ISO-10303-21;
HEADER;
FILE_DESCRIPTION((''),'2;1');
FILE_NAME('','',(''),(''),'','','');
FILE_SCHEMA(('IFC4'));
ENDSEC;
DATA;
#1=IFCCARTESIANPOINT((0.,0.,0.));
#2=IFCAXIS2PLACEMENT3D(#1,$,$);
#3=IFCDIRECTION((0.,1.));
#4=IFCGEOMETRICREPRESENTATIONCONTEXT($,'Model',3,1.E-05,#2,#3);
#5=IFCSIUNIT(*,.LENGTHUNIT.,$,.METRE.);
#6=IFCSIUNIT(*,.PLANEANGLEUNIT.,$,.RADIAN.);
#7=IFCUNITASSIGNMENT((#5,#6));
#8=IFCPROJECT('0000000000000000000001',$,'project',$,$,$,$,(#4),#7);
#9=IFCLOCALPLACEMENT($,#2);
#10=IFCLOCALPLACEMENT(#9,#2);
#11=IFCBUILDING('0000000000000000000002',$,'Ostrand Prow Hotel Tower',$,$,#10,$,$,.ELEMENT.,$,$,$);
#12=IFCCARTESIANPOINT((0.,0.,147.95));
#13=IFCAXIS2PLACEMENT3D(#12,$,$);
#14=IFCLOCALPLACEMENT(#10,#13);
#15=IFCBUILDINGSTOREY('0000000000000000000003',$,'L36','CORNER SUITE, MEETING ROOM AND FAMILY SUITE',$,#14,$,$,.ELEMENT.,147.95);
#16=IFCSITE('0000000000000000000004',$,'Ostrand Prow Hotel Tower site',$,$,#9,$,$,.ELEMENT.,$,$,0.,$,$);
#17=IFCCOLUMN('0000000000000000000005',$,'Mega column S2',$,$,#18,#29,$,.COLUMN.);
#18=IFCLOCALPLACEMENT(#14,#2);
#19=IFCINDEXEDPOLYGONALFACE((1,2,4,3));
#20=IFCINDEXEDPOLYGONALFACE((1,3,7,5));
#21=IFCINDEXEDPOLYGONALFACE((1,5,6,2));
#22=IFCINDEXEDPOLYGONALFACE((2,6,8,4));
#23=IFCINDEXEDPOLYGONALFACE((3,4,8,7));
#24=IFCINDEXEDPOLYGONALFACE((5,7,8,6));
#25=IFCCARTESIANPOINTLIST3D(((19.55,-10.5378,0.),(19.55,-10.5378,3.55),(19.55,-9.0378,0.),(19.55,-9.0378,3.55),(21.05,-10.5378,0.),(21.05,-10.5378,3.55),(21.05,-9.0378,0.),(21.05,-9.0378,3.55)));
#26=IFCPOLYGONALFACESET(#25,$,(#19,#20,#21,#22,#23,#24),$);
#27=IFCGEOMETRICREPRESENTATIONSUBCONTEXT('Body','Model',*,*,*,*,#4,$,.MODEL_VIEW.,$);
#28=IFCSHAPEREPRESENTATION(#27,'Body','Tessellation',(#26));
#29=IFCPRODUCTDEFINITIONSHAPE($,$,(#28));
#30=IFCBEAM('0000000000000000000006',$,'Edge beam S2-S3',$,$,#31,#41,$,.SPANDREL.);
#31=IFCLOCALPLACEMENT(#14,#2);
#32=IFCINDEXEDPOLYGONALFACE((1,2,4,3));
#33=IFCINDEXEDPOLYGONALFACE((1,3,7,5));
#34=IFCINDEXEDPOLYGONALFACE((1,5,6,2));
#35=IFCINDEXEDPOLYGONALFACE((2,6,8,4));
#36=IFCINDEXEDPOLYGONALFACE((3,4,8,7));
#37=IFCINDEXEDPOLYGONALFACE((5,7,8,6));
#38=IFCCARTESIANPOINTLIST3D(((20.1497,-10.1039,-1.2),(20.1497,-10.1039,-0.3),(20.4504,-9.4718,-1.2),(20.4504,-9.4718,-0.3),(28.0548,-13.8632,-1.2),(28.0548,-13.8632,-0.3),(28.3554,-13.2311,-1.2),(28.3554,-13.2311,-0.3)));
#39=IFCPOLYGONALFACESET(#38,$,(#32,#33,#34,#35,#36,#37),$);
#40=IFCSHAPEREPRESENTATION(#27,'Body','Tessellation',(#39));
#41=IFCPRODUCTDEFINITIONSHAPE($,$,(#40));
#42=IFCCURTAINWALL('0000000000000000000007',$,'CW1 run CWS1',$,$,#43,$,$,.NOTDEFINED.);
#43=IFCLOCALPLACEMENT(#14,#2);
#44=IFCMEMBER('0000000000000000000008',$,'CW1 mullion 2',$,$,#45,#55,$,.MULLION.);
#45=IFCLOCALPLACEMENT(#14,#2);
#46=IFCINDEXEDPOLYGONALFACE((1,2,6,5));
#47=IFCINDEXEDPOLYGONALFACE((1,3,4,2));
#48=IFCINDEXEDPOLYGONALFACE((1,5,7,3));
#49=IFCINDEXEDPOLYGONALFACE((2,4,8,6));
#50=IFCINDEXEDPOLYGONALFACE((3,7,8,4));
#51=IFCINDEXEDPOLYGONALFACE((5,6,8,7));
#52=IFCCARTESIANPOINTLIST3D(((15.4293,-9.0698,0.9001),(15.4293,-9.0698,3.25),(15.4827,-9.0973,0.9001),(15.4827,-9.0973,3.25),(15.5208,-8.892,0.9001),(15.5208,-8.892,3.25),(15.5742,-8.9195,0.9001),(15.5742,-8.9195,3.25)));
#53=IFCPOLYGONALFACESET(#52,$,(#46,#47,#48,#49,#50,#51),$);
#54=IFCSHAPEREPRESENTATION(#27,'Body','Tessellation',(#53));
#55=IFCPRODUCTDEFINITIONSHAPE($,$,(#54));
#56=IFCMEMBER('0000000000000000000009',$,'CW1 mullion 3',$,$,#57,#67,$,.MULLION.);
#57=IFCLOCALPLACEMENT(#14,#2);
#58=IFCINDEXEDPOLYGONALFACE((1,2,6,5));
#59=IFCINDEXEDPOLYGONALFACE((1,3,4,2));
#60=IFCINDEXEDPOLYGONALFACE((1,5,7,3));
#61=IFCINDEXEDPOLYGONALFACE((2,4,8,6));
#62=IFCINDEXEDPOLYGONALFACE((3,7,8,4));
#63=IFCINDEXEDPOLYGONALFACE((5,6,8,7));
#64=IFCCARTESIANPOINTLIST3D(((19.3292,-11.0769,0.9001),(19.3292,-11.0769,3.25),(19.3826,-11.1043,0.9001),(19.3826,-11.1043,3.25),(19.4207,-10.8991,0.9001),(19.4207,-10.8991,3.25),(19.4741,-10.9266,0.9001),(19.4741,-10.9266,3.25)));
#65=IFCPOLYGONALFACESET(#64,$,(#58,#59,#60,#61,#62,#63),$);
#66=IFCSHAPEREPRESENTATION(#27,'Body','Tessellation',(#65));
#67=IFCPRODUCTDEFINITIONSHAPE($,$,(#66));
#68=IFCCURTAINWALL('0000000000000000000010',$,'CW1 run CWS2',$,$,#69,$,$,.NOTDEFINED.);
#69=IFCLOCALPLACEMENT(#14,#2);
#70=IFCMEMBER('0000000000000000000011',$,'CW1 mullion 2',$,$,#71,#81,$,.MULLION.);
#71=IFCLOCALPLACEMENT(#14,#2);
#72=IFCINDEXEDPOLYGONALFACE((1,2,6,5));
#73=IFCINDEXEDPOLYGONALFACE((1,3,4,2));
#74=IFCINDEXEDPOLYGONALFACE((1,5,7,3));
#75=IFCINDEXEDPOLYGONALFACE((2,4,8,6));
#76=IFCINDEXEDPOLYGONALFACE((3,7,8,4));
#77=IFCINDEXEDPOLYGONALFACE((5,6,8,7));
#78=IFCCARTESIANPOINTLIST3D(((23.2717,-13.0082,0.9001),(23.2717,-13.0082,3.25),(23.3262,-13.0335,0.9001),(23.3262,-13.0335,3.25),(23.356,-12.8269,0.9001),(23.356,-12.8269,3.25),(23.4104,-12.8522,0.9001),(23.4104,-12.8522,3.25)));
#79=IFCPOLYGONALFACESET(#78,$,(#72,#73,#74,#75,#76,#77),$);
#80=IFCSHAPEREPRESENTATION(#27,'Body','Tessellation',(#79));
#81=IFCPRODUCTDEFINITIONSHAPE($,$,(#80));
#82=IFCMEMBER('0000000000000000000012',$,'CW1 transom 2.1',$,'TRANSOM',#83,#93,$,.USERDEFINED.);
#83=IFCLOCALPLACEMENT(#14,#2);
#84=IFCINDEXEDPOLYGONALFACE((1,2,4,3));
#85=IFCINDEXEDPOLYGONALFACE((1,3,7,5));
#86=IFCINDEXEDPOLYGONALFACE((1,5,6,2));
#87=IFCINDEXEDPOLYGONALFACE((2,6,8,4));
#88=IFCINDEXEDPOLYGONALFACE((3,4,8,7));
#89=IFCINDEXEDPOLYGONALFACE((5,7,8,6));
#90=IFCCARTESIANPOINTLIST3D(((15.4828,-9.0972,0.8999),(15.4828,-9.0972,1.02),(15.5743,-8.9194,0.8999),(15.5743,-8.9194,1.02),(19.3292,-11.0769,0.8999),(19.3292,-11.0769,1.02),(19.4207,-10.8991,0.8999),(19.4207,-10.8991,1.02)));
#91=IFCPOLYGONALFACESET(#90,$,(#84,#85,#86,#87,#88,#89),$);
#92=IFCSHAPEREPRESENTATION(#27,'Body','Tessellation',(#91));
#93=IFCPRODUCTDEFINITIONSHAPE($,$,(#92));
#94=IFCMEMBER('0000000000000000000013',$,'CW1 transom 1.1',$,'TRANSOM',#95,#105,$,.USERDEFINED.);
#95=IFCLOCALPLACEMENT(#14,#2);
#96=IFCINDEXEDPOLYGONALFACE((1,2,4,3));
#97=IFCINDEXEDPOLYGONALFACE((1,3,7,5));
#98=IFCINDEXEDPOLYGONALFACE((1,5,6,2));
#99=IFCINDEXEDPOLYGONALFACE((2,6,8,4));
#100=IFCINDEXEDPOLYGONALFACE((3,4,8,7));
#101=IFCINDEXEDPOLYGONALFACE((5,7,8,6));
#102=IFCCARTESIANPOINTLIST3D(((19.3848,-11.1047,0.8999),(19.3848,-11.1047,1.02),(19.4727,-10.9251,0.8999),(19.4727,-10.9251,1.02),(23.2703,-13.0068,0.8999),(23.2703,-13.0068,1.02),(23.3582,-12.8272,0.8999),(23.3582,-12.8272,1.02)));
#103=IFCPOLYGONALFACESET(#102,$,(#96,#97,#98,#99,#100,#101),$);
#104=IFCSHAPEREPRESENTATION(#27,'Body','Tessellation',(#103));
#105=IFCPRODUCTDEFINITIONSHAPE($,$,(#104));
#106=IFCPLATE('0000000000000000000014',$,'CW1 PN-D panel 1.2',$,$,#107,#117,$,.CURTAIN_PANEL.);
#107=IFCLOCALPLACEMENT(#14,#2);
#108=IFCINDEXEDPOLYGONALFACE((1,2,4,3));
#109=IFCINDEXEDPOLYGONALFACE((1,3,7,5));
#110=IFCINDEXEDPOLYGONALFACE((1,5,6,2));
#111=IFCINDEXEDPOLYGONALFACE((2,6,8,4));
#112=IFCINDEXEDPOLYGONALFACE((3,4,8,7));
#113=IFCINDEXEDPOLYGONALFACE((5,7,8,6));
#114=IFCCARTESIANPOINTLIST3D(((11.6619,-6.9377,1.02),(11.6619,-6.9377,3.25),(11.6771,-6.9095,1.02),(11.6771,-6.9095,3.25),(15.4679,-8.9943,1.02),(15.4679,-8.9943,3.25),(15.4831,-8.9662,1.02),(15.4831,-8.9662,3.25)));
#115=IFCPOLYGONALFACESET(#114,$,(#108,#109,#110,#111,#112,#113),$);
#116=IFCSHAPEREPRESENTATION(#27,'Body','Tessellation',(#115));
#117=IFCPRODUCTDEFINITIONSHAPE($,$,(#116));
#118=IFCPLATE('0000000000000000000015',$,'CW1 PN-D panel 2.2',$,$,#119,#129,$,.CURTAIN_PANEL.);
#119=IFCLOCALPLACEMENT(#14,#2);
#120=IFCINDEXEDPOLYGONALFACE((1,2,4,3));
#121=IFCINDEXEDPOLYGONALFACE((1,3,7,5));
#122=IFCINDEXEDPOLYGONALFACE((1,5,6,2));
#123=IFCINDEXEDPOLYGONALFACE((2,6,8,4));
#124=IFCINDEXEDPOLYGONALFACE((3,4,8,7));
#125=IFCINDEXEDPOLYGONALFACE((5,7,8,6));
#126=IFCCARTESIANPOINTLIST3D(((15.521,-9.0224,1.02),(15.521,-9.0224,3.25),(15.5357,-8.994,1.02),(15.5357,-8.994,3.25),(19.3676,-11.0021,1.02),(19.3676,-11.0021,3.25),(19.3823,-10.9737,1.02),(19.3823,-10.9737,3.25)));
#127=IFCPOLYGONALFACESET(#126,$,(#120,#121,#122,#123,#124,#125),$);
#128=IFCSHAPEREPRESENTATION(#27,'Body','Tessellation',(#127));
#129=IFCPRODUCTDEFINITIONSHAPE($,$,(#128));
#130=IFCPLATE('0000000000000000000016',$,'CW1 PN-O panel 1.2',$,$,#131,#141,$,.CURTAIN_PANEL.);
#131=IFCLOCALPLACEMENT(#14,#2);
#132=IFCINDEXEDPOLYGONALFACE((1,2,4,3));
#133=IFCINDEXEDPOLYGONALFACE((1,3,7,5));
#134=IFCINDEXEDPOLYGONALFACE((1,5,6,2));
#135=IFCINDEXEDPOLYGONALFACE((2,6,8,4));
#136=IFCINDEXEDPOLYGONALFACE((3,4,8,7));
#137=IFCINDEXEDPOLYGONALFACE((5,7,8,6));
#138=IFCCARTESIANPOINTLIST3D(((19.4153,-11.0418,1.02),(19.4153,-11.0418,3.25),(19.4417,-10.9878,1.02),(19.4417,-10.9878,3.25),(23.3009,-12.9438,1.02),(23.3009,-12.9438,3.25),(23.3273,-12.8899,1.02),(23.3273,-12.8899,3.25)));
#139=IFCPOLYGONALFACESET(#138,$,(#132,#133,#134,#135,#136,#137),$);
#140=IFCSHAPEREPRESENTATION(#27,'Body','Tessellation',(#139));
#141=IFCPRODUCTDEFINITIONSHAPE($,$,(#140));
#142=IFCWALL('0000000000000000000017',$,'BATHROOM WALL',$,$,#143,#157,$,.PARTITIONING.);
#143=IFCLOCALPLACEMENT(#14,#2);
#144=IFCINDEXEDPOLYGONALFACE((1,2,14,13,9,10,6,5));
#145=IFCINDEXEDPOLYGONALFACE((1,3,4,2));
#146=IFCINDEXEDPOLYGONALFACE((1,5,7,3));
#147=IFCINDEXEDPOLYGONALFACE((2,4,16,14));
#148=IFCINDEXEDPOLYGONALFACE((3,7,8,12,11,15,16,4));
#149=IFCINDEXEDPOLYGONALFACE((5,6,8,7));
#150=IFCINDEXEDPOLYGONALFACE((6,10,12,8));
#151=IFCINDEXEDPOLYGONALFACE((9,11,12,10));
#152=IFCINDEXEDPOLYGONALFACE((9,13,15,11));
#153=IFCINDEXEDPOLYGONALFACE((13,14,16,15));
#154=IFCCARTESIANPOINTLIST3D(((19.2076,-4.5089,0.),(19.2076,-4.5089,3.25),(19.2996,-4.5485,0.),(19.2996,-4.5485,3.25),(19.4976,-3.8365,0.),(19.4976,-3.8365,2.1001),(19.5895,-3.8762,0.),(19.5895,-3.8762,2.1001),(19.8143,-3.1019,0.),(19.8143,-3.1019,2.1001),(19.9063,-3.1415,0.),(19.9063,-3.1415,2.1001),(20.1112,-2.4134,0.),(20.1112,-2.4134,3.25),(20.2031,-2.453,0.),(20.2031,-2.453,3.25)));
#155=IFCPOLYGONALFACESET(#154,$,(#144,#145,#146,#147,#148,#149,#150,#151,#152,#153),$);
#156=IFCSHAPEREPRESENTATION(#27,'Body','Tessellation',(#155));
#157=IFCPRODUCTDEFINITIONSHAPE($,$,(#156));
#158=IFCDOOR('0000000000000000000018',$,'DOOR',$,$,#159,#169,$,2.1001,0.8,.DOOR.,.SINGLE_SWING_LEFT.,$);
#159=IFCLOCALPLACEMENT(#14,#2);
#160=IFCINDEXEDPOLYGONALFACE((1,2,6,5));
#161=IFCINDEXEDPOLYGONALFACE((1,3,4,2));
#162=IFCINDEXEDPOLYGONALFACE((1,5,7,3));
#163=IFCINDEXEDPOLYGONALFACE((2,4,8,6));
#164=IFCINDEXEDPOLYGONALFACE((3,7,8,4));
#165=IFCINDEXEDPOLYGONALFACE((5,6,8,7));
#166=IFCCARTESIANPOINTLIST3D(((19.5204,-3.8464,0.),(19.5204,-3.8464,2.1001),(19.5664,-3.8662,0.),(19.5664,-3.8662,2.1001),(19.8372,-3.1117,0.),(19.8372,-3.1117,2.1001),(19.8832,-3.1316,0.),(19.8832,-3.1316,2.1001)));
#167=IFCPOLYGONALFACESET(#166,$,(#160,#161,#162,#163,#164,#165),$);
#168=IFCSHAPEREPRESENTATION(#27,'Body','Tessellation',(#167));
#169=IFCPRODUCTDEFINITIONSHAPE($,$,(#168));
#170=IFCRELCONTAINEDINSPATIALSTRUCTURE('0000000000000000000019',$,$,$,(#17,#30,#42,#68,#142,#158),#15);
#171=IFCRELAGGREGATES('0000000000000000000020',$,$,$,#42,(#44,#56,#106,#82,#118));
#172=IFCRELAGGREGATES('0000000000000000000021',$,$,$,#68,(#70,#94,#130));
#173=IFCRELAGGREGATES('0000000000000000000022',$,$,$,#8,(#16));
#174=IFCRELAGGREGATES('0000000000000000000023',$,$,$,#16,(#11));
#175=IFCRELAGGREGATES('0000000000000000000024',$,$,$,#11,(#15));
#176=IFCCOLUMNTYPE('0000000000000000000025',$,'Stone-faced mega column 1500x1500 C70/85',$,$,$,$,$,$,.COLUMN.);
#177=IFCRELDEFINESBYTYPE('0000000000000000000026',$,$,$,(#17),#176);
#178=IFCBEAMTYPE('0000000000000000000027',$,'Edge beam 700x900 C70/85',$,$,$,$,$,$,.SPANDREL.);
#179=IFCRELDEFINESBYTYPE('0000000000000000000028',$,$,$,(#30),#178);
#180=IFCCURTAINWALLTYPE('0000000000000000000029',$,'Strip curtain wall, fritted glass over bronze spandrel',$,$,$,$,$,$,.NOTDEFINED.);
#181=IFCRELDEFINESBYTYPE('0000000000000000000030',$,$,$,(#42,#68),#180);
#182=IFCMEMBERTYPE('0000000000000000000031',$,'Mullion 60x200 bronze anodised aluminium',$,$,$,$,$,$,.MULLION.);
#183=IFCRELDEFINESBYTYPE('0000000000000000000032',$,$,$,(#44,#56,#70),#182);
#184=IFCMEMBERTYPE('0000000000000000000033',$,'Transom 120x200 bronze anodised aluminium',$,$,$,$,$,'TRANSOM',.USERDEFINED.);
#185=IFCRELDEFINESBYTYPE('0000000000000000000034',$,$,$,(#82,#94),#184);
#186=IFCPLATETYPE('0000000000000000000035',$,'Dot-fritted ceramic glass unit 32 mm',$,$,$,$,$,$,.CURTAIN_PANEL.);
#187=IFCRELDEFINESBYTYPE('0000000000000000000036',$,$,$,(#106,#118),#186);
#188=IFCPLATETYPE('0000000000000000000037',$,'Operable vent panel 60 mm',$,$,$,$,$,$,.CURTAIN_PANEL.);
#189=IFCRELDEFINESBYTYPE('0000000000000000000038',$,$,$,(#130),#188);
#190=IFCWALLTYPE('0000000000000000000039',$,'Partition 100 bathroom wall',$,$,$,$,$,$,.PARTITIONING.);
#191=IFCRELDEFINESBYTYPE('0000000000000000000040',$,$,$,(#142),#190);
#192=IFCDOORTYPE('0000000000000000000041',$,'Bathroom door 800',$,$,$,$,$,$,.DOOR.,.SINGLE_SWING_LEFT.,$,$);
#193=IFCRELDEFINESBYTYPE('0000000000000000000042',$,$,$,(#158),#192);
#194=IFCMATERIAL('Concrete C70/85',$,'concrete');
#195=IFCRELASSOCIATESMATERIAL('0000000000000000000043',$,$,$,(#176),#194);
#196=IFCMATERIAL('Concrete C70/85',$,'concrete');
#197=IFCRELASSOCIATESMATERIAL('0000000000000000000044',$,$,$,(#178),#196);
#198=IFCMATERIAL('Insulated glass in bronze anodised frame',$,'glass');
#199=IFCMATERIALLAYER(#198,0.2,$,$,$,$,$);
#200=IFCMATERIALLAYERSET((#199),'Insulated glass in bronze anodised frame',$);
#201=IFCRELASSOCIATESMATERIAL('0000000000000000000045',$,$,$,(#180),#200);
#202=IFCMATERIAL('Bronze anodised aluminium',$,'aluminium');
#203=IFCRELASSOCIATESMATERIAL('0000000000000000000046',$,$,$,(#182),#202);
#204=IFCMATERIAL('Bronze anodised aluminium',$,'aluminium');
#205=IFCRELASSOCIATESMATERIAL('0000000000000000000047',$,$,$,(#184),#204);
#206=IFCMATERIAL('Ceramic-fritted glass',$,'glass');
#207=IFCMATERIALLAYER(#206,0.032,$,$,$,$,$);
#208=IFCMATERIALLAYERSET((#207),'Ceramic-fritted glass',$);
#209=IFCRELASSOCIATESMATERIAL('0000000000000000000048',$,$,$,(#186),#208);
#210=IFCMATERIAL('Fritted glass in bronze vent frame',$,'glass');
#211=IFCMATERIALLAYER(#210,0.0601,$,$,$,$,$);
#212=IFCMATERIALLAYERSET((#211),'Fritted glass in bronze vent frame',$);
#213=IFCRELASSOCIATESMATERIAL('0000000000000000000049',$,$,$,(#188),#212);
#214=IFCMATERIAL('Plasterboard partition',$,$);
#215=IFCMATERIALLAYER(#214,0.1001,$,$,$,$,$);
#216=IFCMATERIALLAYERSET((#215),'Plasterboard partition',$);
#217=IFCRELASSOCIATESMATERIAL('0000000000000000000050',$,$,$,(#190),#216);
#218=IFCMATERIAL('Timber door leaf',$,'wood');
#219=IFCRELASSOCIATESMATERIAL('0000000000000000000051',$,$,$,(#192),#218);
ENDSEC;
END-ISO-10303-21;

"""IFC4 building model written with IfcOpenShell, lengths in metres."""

from ifc_helpers import new_model, si_unit, direction, frame, frame_2d, origin, origin_2d, place, context, subcontext, project, spatial, rectangle, extrude, material, layer, layer_set, material_profile, profile_set, type_object, element, fill, aggregate, save


model = new_model("IFC4")

# Units and contexts
model_context = context("Model", 3, precision=1e-05, world=origin(), true_north=direction((0.0, 1.0)))
body_context = subcontext(model_context, "Body", "Model", "MODEL_VIEW")
ifc_project = project(units=[si_unit("LENGTHUNIT", "METRE"), si_unit("PLANEANGLEUNIT", "RADIAN")], contexts=[model_context])

# Site, building, storey
site_placement = place(None, origin())
site = spatial("IfcSite", under=ifc_project, at=site_placement, Name="Ostrand Prow Hotel Tower site", CompositionType="ELEMENT", RefElevation=0.0)
building_placement = place(site_placement, origin())
building = spatial("IfcBuilding", under=site, at=building_placement, Name="Ostrand Prow Hotel Tower", CompositionType="ELEMENT")
storey_placement = place(building_placement, frame((0.0, 0.0, 147.95)))
storey = spatial("IfcBuildingStorey", under=building, at=storey_placement, Name="L36", Description="CORNER SUITE, MEETING ROOM AND FAMILY SUITE", CompositionType="ELEMENT", Elevation=147.95)

# Column
ifc_material_1 = material(Name="Concrete C70/85", Category="concrete")
ifc_material_profile_1 = material_profile(ifc_material_1, rectangle(XDim=1.5, YDim=1.5, at=origin_2d()), Name="RC 1500x1500")
ifc_profile_set_1 = profile_set([ifc_material_profile_1], Name="Concrete C70/85")
column_type = type_object("IfcColumnType", Name="Stone-faced mega column 1500x1500 C70/85", PredefinedType="COLUMN", material=ifc_profile_set_1)
column_placement = place(storey_placement, frame((20.3, -9.7878, 0.0), z_axis=(0.0, 0.0, 1.0), x_axis=(1.0, 0.0, 0.0)))
element("IfcColumn", 1, at=column_placement, inside=storey, type_object=column_type, Name="Mega column S2", PredefinedType="COLUMN", context=body_context, shape_type="SweptSolid", body=[
    extrude(rectangle(XDim=1.5, YDim=1.5, at=origin_2d()), origin(), (0.0, 0.0, 1.0), 3.55),
])

# Beam
ifc_material_2 = material(Name="Concrete C70/85", Category="concrete")
ifc_material_profile_2 = material_profile(ifc_material_2, rectangle(XDim=0.7, YDim=0.8999, at=origin_2d()), Name="RC 700x900")
ifc_profile_set_2 = profile_set([ifc_material_profile_2], Name="Concrete C70/85")
beam_type = type_object("IfcBeamType", Name="Edge beam 700x900 C70/85", PredefinedType="SPANDREL", material=ifc_profile_set_2)
beam_placement = place(storey_placement, frame((20.3, -9.7878, -0.75), z_axis=(0.903083, -0.429466, 0.0), x_axis=(0.429466, 0.903083, 0.0)))
element("IfcBeam", 2, at=beam_placement, inside=storey, type_object=beam_type, Name="Edge beam S2-S3", PredefinedType="SPANDREL", context=body_context, shape_type="SweptSolid", body=[
    extrude(rectangle(XDim=0.7, YDim=0.8999, at=origin_2d()), origin(), (0.0, 0.0, 1.0), 8.7534),
])

# Curtain wall, members
ifc_material_3 = material(Name="Insulated glass in bronze anodised frame", Category="glass")
ifc_layer_1 = layer(ifc_material_3, 0.2)
ifc_layer_set_1 = layer_set([ifc_layer_1], Name="Insulated glass in bronze anodised frame")
curtain_wall_type = type_object("IfcCurtainWallType", Name="Strip curtain wall, fritted glass over bronze spandrel", PredefinedType="NOTDEFINED", material=ifc_layer_set_1)
curtain_wall_1_placement = place(storey_placement, origin())
curtain_wall_1 = element("IfcCurtainWall", 3, at=curtain_wall_1_placement, inside=storey, type_object=curtain_wall_type, Name="CW1 run CWS1", PredefinedType="NOTDEFINED")
ifc_material_4 = material(Name="Bronze anodised aluminium", Category="aluminium")
ifc_material_profile_3 = material_profile(ifc_material_4, rectangle(XDim=0.2, YDim=0.0601, at=origin_2d()), Name="Mullion 60x200 bronze anodised aluminium")
ifc_profile_set_3 = profile_set([ifc_material_profile_3], Name="Bronze anodised aluminium")
member_type_1 = type_object("IfcMemberType", Name="Mullion 60x200 bronze anodised aluminium", PredefinedType="MULLION", material=ifc_profile_set_3)
member_1_placement = place(storey_placement, frame((15.5017, -8.9946, 0.9001), z_axis=(0.0, 0.0, 1.0), x_axis=(0.457619, 0.889148, 0.0)))
member_1 = element("IfcMember", 4, at=member_1_placement, type_object=member_type_1, Name="CW1 mullion 2", PredefinedType="MULLION", context=body_context, shape_type="SweptSolid", body=[
    extrude(rectangle(XDim=0.2, YDim=0.0601, at=origin_2d()), origin(), (0.0, 0.0, 1.0), 2.3499),
])
member_2_placement = place(storey_placement, frame((19.4016, -11.0017, 0.9001), z_axis=(0.0, 0.0, 1.0), x_axis=(0.457619, 0.889148, 0.0)))
member_2 = element("IfcMember", 5, at=member_2_placement, type_object=member_type_1, Name="CW1 mullion 3", PredefinedType="MULLION", context=body_context, shape_type="SweptSolid", body=[
    extrude(rectangle(XDim=0.2, YDim=0.0601, at=origin_2d()), origin(), (0.0, 0.0, 1.0), 2.3499),
])

# Curtain wall, member
curtain_wall_2_placement = place(storey_placement, origin())
curtain_wall_2 = element("IfcCurtainWall", 6, at=curtain_wall_2_placement, inside=storey, type_object=curtain_wall_type, Name="CW1 run CWS2", PredefinedType="NOTDEFINED")
member_3_placement = place(storey_placement, frame((23.3411, -12.9302, 0.9001), z_axis=(0.0, 0.0, 1.0), x_axis=(0.421522, 0.906818, 0.0)))
member_3 = element("IfcMember", 7, at=member_3_placement, type_object=member_type_1, Name="CW1 mullion 2", PredefinedType="MULLION", context=body_context, shape_type="SweptSolid", body=[
    extrude(rectangle(XDim=0.2, YDim=0.0601, at=origin_2d()), origin(), (0.0, 0.0, 1.0), 2.3499),
])

# Members
ifc_material_5 = material(Name="Bronze anodised aluminium", Category="aluminium")
ifc_material_profile_4 = material_profile(ifc_material_5, rectangle(XDim=0.2, YDim=0.1201, at=origin_2d()), Name="Transom 120x200 bronze anodised aluminium")
ifc_profile_set_4 = profile_set([ifc_material_profile_4], Name="Bronze anodised aluminium")
member_type_2 = type_object("IfcMemberType", Name="Transom 120x200 bronze anodised aluminium", ElementType="TRANSOM", PredefinedType="USERDEFINED", material=ifc_profile_set_4)
member_4_placement = place(storey_placement, frame((15.5286, -9.0083, 0.96), z_axis=(0.88914, -0.457635, 0.0), x_axis=(0.457635, 0.88914, 0.0)))
member_4 = element("IfcMember", 8, at=member_4_placement, type_object=member_type_2, Name="CW1 transom 2.1", ObjectType="TRANSOM", PredefinedType="USERDEFINED", context=body_context, shape_type="SweptSolid", body=[
    extrude(rectangle(XDim=0.2, YDim=0.1201, at=origin_2d()), origin(), (0.0, 0.0, 1.0), 4.3259),
])
member_5_placement = place(storey_placement, frame((19.4287, -11.0149, 0.96), z_axis=(0.898154, -0.439681, 0.0), x_axis=(0.439681, 0.898154, 0.0)))
member_5 = element("IfcMember", 9, at=member_5_placement, type_object=member_type_2, Name="CW1 transom 1.1", ObjectType="TRANSOM", PredefinedType="USERDEFINED", context=body_context, shape_type="SweptSolid", body=[
    extrude(rectangle(XDim=0.2, YDim=0.1201, at=origin_2d()), origin(), (0.0, 0.0, 1.0), 4.3262),
])

# Plates
ifc_material_6 = material(Name="Ceramic-fritted glass", Category="glass")
ifc_layer_2 = layer(ifc_material_6, 0.032)
ifc_layer_set_2 = layer_set([ifc_layer_2], Name="Ceramic-fritted glass")
plate_type_1 = type_object("IfcPlateType", Name="Dot-fritted ceramic glass unit 32 mm", PredefinedType="CURTAIN_PANEL", material=ifc_layer_set_2)
plate_1_placement = place(storey_placement, frame((13.5725, -7.9519, 1.02), z_axis=(0.0, 0.0, 1.0), x_axis=(0.879773, -0.475394, 0.0)))
plate_1 = element("IfcPlate", 10, at=plate_1_placement, type_object=plate_type_1, Name="CW1 PN-D panel 1.2", PredefinedType="CURTAIN_PANEL", context=body_context, shape_type="SweptSolid", body=[
    extrude(rectangle(XDim=4.3262, YDim=0.032, at=origin_2d()), origin(), (0.0, 0.0, 1.0), 2.23),
])
plate_2_placement = place(storey_placement, frame((17.4517, -9.998, 1.02), z_axis=(0.0, 0.0, 1.0), x_axis=(0.889148, -0.457619, 0.0)))
plate_2 = element("IfcPlate", 11, at=plate_2_placement, type_object=plate_type_1, Name="CW1 PN-D panel 2.2", PredefinedType="CURTAIN_PANEL", context=body_context, shape_type="SweptSolid", body=[
    extrude(rectangle(XDim=4.3262, YDim=0.032, at=origin_2d()), origin(), (0.0, 0.0, 1.0), 2.23),
])
aggregate(curtain_wall_1, [member_1, member_2, plate_1, member_4, plate_2])
ifc_material_7 = material(Name="Fritted glass in bronze vent frame", Category="glass")
ifc_layer_3 = layer(ifc_material_7, 0.0601)
ifc_layer_set_3 = layer_set([ifc_layer_3], Name="Fritted glass in bronze vent frame")
plate_type_2 = type_object("IfcPlateType", Name="Operable vent panel 60 mm", PredefinedType="CURTAIN_PANEL", material=ifc_layer_set_3)
plate_3_placement = place(storey_placement, frame((21.3713, -11.9658, 1.02), z_axis=(0.0, 0.0, 1.0), x_axis=(0.898165, -0.439659, 0.0)))
plate_3 = element("IfcPlate", 12, at=plate_3_placement, type_object=plate_type_2, Name="CW1 PN-O panel 1.2", PredefinedType="CURTAIN_PANEL", context=body_context, shape_type="SweptSolid", body=[
    extrude(rectangle(XDim=4.3262, YDim=0.0601, at=origin_2d()), origin(), (0.0, 0.0, 1.0), 2.23),
])
aggregate(curtain_wall_2, [member_3, member_5, plate_3])

# Wall, opening, door
ifc_material_8 = material(Name="Plasterboard partition")
ifc_layer_4 = layer(ifc_material_8, 0.1001)
ifc_layer_set_4 = layer_set([ifc_layer_4], Name="Plasterboard partition")
wall_type_1 = type_object("IfcWallType", Name="Partition 100 bathroom wall", PredefinedType="PARTITIONING", material=ifc_layer_set_4)
wall_1_placement = place(storey_placement, frame((20.1572, -2.4331, 0.0), z_axis=(0.0, 0.0, 1.0), x_axis=(-0.395958, -0.918268, 0.0)))
wall_1 = element("IfcWall", 13, at=wall_1_placement, inside=storey, type_object=wall_type_1, Name="BATHROOM WALL", PredefinedType="PARTITIONING", context=body_context, shape_type="SweptSolid", body=[
    extrude(rectangle(XDim=2.282, YDim=0.1001, at=frame_2d((1.1411, 0.0))), origin(), (0.0, 0.0, 1.0), 3.25),
])
opening_1_placement = place(wall_1_placement, frame((0.75, 0.0, 0.0)))
opening_1 = element("IfcOpeningElement", 14, at=opening_1_placement, cuts=wall_1, PredefinedType="OPENING", context=body_context, shape_type="SweptSolid", body=[
    extrude(rectangle(XDim=0.8, YDim=2.1001, at=frame_2d((0.3999, 1.05))), frame((0.0, 0.0601, 0.0), z_axis=(0.0, -1.0, 0.0), x_axis=(1.0, 0.0, 0.0)), (0.0, 0.0, 1.0), 0.1201),
])
ifc_material_9 = material(Name="Timber door leaf", Category="wood")
door_type_1 = type_object("IfcDoorType", Name="Bathroom door 800", OperationType="SINGLE_SWING_LEFT", PredefinedType="DOOR", material=ifc_material_9)
door_1_placement = place(opening_1_placement, origin())
door_1 = element("IfcDoor", 15, at=door_1_placement, inside=storey, type_object=door_type_1, Name="DOOR", OperationType="SINGLE_SWING_LEFT", OverallHeight=2.1001, OverallWidth=0.8, PredefinedType="DOOR", context=body_context, shape_type="SweptSolid", body=[
    extrude(rectangle(XDim=0.8, YDim=2.1001, at=frame_2d((0.3999, 1.05))), frame((0.0, 0.0249, 0.0), z_axis=(0.0, -1.0, 0.0), x_axis=(1.0, 0.0, 0.0)), (0.0, 0.0, 1.0), 0.05),
])
fill(opening_1, door_1)

save(model, "model.ifc")
